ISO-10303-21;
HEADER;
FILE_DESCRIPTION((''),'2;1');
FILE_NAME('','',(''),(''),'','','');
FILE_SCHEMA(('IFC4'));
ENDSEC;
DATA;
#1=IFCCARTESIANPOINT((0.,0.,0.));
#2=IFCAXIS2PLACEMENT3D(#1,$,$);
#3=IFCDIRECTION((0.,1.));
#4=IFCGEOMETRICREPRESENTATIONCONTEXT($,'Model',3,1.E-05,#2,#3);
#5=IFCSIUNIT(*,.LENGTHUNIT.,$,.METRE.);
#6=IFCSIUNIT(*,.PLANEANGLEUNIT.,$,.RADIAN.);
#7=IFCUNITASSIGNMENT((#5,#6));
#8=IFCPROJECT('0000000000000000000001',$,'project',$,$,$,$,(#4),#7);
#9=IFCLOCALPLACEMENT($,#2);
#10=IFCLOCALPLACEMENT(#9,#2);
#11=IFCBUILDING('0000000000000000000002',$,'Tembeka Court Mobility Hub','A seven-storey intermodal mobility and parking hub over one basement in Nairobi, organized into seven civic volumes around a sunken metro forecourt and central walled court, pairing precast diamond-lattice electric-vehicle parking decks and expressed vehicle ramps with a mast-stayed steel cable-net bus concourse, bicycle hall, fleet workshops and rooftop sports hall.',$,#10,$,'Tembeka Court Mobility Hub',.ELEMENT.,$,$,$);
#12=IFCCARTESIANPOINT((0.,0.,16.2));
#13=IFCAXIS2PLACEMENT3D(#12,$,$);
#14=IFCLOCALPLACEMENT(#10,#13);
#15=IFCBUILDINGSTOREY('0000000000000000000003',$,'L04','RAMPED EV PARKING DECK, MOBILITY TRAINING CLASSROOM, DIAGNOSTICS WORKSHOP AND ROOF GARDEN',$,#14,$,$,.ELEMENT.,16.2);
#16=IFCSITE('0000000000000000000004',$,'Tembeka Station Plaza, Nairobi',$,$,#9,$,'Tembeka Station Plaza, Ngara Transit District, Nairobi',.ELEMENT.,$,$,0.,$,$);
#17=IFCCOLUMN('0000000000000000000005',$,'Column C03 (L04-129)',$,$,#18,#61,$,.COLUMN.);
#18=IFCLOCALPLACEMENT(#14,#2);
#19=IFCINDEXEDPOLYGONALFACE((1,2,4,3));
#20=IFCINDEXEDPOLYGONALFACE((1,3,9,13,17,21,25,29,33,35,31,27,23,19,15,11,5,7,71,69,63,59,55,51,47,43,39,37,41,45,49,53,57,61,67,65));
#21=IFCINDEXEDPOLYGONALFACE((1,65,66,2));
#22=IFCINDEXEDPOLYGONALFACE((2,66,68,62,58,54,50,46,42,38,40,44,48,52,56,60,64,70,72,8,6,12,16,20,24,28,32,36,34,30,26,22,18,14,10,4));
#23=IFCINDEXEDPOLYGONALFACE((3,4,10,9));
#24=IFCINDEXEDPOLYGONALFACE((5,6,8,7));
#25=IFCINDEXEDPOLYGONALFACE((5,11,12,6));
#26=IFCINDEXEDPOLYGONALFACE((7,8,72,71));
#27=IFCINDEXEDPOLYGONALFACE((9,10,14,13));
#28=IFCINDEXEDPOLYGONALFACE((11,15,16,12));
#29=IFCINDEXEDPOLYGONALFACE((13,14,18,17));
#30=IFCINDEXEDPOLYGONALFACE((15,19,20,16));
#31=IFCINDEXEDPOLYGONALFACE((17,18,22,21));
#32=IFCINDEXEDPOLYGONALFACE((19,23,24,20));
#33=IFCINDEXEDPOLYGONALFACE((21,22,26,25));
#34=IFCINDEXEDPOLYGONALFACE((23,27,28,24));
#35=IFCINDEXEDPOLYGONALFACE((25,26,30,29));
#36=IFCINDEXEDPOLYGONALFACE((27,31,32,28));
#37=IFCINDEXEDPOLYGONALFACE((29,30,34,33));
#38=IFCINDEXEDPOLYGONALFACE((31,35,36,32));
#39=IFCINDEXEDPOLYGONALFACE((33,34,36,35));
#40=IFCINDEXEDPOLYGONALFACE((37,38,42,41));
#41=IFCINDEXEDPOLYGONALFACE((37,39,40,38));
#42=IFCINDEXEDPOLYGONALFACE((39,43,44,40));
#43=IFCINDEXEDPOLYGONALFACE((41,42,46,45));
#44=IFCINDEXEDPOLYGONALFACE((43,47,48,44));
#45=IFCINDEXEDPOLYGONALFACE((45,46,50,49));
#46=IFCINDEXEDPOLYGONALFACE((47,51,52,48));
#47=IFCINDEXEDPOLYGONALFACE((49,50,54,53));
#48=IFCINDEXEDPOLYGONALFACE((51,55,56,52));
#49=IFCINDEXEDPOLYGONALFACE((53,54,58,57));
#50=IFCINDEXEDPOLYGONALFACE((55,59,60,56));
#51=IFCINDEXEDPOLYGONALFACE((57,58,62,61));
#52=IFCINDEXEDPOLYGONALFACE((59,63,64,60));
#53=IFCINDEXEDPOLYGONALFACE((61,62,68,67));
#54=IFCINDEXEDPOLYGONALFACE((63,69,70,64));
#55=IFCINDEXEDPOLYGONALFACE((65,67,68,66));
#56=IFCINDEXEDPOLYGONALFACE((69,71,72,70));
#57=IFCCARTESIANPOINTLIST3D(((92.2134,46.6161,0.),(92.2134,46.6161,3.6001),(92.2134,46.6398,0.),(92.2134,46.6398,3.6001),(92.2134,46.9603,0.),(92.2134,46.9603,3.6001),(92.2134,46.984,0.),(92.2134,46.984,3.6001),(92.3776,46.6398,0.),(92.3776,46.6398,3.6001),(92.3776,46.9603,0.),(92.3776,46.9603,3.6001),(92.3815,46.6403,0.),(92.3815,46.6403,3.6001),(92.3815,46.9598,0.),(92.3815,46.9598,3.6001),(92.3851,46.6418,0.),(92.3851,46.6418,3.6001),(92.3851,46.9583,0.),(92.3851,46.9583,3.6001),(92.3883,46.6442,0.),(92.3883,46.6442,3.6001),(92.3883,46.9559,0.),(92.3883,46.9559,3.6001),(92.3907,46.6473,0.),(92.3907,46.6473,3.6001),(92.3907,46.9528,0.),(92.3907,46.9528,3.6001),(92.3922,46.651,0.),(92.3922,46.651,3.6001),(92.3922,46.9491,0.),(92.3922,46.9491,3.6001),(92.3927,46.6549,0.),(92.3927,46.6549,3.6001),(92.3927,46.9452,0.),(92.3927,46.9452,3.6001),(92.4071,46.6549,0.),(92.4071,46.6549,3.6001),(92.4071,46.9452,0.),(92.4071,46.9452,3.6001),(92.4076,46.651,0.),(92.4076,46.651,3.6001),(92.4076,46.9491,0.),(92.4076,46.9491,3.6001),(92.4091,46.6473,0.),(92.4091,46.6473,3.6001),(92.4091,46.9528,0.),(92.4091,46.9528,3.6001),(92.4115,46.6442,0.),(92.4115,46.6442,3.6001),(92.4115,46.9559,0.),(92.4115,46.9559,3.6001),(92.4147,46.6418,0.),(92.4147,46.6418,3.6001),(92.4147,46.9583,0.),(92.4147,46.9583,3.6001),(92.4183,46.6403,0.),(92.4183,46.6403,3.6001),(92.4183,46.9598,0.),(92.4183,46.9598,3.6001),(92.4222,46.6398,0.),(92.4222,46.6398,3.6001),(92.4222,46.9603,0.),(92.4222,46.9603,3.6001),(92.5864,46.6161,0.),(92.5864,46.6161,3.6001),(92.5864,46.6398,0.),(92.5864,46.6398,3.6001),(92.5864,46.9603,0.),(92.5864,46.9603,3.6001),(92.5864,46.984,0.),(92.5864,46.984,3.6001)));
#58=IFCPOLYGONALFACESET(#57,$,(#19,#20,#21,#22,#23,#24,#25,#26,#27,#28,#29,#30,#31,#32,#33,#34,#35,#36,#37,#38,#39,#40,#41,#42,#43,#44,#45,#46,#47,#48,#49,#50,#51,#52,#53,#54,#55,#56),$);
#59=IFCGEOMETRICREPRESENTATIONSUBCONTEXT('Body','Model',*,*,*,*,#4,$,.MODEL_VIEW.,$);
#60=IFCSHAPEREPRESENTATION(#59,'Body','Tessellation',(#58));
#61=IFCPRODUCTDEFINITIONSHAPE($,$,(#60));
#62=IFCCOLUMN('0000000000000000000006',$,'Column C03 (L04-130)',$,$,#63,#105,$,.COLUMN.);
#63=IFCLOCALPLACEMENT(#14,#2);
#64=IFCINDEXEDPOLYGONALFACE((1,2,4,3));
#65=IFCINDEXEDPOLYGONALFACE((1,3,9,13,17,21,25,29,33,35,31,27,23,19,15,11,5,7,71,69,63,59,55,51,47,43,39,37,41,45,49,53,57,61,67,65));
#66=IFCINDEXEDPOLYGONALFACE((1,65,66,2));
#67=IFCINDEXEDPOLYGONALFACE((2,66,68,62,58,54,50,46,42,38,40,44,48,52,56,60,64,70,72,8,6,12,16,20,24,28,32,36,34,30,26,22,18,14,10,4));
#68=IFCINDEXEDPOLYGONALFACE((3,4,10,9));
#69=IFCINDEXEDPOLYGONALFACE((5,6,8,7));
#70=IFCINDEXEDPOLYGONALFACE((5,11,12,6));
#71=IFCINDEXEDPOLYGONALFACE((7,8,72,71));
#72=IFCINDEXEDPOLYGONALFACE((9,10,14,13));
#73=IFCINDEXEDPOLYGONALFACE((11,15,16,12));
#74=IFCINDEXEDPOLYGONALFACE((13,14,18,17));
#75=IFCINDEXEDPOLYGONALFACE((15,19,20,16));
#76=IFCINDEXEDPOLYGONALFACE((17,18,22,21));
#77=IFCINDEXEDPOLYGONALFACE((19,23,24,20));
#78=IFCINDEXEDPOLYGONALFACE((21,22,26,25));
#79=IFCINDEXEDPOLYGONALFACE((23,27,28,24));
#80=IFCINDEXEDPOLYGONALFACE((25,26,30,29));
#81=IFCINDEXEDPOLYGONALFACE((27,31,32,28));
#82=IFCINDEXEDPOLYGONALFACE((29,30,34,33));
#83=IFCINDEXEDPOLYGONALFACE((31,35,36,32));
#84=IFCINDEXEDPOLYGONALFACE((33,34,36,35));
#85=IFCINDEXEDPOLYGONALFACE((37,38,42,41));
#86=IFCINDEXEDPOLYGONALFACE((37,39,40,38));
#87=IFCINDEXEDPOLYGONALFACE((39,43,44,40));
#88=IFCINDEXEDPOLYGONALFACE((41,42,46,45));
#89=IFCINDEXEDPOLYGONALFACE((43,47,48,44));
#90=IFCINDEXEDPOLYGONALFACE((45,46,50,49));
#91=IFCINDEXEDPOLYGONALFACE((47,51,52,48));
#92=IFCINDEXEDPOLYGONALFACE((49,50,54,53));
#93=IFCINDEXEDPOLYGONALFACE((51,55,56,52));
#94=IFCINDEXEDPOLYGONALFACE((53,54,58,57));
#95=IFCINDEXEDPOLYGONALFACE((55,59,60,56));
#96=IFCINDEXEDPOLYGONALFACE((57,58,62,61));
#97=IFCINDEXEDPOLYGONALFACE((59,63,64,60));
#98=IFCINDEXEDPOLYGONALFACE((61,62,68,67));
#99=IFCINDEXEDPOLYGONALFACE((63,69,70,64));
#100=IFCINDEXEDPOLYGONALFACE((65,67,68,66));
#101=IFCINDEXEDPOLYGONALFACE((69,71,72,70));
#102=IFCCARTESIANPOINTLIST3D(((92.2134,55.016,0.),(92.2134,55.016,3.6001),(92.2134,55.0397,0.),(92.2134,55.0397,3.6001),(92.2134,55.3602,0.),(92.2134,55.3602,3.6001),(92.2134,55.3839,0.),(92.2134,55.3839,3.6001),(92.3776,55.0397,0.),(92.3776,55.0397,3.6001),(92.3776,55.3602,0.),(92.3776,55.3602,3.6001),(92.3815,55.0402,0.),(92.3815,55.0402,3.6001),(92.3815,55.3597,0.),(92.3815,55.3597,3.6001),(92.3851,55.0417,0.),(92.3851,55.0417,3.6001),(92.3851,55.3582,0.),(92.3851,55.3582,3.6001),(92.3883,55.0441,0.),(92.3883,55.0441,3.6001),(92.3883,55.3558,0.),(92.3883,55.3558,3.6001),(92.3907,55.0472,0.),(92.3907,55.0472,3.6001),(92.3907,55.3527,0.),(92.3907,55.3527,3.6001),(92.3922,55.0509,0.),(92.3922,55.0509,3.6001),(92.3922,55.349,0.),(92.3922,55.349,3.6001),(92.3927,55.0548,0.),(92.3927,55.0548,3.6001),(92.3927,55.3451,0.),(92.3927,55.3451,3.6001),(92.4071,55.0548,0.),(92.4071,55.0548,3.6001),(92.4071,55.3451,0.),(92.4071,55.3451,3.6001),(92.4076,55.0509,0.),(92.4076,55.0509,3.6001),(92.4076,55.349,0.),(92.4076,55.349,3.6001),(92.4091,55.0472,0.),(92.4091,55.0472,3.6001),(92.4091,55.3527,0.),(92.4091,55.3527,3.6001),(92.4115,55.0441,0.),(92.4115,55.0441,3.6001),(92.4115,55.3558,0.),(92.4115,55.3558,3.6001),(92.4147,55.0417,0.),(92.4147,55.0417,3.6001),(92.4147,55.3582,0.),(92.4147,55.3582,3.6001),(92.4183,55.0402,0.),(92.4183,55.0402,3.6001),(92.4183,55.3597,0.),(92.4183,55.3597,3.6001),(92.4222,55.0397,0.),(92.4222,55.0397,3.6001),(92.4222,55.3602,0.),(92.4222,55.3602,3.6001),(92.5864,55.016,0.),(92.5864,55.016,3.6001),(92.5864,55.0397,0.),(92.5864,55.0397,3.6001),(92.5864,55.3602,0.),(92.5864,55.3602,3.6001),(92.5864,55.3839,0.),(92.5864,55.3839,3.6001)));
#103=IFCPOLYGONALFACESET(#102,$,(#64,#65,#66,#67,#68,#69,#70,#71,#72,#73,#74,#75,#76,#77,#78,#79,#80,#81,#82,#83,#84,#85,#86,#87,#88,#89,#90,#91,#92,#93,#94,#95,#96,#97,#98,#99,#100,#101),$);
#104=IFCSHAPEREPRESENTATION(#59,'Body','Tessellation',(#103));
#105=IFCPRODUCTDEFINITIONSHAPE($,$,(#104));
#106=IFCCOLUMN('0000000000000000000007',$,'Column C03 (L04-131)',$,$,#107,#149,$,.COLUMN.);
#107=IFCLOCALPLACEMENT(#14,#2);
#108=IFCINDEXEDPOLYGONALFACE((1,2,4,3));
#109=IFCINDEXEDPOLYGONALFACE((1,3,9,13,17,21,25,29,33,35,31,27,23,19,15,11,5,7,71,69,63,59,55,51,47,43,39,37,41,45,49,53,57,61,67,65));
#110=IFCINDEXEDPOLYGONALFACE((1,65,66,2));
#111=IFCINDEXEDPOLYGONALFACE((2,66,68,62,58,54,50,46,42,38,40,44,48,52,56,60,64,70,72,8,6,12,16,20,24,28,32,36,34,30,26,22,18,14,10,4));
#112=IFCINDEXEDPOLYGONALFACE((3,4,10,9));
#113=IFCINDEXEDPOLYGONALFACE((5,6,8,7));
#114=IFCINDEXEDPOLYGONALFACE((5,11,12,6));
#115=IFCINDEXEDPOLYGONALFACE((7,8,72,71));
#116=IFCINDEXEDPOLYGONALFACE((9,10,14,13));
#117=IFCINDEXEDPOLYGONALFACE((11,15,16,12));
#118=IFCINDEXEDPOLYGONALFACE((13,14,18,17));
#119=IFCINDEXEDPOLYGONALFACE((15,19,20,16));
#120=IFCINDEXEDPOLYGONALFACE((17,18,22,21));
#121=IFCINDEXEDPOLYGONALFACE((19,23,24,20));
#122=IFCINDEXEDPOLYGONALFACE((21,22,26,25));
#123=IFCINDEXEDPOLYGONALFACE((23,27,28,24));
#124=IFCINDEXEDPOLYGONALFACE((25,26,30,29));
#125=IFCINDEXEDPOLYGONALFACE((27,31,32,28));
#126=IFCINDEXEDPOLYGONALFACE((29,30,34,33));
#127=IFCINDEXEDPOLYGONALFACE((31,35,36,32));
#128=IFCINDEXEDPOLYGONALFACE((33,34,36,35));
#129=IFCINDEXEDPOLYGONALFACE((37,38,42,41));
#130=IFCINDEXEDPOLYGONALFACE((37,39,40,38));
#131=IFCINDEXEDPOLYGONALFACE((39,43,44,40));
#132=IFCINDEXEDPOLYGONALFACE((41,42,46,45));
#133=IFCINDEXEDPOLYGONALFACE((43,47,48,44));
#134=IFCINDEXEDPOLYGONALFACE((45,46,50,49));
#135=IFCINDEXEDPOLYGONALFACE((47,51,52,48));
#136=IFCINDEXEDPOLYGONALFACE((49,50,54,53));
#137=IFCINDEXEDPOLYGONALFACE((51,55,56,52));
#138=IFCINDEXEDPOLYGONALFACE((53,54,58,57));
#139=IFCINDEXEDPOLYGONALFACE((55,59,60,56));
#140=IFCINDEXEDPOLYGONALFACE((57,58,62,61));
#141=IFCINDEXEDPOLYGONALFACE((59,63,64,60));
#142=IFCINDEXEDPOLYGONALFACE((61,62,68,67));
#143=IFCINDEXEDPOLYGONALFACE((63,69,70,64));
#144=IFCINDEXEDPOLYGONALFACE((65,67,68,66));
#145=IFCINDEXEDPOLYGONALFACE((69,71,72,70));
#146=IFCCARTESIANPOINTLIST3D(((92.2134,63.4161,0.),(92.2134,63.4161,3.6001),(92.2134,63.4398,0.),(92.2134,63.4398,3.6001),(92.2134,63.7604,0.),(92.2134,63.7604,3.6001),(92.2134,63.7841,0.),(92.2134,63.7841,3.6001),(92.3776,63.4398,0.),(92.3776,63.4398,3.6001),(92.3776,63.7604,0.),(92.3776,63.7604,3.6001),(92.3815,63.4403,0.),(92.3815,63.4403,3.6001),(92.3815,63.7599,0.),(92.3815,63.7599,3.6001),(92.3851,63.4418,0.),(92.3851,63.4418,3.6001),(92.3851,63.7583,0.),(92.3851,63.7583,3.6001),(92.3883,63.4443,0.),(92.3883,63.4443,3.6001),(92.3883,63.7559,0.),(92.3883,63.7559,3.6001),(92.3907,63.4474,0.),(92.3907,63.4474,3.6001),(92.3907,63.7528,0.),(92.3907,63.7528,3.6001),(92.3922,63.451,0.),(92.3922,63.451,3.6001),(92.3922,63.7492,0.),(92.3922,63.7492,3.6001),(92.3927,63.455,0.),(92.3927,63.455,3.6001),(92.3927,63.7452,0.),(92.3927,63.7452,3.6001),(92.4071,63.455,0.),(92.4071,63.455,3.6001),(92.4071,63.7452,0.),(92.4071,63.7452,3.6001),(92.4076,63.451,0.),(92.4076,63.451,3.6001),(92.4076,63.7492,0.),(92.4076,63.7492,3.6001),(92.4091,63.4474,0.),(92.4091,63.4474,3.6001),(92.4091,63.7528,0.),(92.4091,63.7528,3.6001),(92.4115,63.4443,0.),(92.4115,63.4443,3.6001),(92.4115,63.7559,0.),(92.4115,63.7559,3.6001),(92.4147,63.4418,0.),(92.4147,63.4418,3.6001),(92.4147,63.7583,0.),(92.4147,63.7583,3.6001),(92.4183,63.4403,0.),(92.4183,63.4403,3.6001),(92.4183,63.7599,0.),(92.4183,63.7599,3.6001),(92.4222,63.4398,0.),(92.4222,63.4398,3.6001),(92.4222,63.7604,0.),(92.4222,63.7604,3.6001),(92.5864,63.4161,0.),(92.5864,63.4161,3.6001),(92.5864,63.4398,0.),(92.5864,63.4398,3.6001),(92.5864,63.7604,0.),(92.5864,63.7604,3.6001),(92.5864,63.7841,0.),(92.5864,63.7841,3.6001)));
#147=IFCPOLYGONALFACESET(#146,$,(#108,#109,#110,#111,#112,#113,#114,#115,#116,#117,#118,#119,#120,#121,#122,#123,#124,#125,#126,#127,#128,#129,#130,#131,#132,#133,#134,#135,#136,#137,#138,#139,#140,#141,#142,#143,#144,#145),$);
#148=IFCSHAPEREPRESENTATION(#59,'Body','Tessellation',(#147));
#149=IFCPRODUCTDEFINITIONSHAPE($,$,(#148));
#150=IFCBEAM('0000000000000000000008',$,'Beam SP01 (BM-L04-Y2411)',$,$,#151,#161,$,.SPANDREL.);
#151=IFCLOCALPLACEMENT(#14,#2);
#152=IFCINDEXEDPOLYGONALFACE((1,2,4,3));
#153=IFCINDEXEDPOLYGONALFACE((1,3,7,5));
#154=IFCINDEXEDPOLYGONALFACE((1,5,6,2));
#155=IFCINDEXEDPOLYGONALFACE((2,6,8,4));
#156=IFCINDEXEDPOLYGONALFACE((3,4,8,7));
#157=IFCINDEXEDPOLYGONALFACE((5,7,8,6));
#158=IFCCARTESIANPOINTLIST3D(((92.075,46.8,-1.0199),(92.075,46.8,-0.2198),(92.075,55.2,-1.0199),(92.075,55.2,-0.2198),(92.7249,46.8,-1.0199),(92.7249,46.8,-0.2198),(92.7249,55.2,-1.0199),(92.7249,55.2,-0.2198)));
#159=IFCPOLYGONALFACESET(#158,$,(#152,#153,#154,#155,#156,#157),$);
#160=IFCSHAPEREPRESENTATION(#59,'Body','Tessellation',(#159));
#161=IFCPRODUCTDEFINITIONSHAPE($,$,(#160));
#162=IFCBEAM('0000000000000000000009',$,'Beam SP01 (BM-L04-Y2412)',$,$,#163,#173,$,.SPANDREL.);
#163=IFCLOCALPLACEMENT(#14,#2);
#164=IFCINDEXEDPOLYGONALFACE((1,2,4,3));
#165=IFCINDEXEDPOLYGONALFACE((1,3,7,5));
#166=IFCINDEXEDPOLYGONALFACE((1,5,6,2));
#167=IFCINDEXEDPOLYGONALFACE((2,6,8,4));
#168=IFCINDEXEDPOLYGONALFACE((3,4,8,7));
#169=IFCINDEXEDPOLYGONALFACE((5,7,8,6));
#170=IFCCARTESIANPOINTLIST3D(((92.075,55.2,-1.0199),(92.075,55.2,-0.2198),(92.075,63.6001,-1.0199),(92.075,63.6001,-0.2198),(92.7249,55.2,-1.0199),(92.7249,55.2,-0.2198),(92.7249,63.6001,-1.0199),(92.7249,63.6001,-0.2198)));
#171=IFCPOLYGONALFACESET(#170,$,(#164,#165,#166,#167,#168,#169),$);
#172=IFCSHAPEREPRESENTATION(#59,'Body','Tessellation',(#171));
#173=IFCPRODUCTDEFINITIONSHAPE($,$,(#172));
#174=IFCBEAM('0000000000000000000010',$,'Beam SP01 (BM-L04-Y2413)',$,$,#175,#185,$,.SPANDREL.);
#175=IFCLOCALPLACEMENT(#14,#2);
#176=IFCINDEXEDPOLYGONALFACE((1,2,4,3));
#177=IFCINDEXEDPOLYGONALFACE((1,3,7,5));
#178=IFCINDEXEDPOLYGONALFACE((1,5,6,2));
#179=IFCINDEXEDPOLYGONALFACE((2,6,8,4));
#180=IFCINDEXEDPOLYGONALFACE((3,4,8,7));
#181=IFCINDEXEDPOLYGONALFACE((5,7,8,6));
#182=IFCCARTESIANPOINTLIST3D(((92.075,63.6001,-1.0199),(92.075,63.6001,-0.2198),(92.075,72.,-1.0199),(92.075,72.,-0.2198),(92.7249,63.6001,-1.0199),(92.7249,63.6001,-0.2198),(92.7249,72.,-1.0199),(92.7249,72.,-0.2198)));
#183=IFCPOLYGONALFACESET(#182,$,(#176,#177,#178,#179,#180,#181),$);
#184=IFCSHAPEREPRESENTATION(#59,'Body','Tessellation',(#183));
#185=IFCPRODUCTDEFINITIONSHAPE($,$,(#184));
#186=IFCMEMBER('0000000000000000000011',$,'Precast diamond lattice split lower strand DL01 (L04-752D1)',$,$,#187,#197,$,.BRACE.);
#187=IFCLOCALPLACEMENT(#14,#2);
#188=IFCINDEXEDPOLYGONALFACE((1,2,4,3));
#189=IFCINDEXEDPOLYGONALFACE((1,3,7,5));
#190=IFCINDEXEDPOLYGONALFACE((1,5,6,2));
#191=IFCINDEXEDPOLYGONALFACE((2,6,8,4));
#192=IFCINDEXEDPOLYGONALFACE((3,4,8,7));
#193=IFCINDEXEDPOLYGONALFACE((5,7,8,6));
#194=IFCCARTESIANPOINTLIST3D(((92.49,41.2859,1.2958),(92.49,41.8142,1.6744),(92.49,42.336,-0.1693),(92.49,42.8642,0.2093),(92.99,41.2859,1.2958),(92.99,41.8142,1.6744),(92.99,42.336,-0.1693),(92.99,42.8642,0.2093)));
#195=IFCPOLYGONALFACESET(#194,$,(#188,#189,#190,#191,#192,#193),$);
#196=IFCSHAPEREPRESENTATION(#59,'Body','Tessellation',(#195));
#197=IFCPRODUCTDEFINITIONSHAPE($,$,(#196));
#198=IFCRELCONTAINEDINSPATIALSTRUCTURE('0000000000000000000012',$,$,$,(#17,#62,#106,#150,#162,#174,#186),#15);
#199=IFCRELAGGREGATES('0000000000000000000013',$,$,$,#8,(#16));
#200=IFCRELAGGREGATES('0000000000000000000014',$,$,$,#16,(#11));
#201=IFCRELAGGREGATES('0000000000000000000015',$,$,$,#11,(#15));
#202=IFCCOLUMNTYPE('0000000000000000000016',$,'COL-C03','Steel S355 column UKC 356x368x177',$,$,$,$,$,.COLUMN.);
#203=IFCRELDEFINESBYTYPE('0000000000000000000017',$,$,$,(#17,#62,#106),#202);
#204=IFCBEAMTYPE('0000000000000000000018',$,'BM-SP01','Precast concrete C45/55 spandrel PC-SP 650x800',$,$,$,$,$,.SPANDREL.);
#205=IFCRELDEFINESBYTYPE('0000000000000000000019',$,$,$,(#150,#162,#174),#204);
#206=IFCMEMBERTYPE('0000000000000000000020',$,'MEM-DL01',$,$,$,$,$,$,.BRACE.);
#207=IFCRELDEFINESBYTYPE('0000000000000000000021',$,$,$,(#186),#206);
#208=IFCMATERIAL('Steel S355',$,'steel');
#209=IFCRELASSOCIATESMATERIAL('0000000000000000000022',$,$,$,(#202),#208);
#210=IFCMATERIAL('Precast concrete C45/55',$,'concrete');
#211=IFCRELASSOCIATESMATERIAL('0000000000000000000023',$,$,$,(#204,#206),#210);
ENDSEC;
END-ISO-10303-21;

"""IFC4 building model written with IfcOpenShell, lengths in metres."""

from ifc_helpers import new_model, si_unit, direction, frame, origin, origin_2d, place, context, subcontext, project, spatial, rectangle, i_section, extrude, material, material_profile, profile_set, type_object, element, save


model = new_model("IFC4")

# Units and contexts
model_context = context("Model", 3, precision=1e-05, world=origin(), true_north=direction((0.0, 1.0)))
body_context = subcontext(model_context, "Body", "Model", "MODEL_VIEW")
ifc_project = project(units=[si_unit("LENGTHUNIT", "METRE"), si_unit("PLANEANGLEUNIT", "RADIAN")], contexts=[model_context])

# Site, building, storey
site_placement = place(None, origin())
site = spatial("IfcSite", under=ifc_project, at=site_placement, Name="Tembeka Station Plaza, Nairobi", LongName="Tembeka Station Plaza, Ngara Transit District, Nairobi", CompositionType="ELEMENT", RefElevation=0.0)
building_placement = place(site_placement, origin())
building = spatial("IfcBuilding", under=site, at=building_placement, Name="Tembeka Court Mobility Hub", Description="A seven-storey intermodal mobility and parking hub over one basement in Nairobi, organized into seven civic volumes around a sunken metro forecourt and central walled court, pairing precast diamond-lattice electric-vehicle parking decks and expressed vehicle ramps with a mast-stayed steel cable-net bus concourse, bicycle hall, fleet workshops and rooftop sports hall.", LongName="Tembeka Court Mobility Hub", CompositionType="ELEMENT")
storey_placement = place(building_placement, frame((0.0, 0.0, 16.2)))
storey = spatial("IfcBuildingStorey", under=building, at=storey_placement, Name="L04", Description="RAMPED EV PARKING DECK, MOBILITY TRAINING CLASSROOM, DIAGNOSTICS WORKSHOP AND ROOF GARDEN", CompositionType="ELEMENT", Elevation=16.2)

# Columns
ifc_material_1 = material(Name="Steel S355", Category="steel")
ifc_material_profile_1 = material_profile(ifc_material_1, i_section(OverallWidth=0.373, OverallDepth=0.3679, WebThickness=0.0144, FlangeThickness=0.0237, FilletRadius=0.0151, at=origin_2d()), Name="UKC 356x368x177")
ifc_profile_set_1 = profile_set([ifc_material_profile_1], Name="Steel S355")
column_type = type_object("IfcColumnType", Name="COL-C03", Description="Steel S355 column UKC 356x368x177", PredefinedType="COLUMN", material=ifc_profile_set_1)
for number, where, z_axis, x_axis, name in (
    (1, (92.3999, 46.8, 0.0), (0.0, 0.0, 1.0), (1.0, 0.0, 0.0), "Column C03 (L04-129)"),
    (2, (92.3999, 55.2, 0.0), (0.0, 0.0, 1.0), (1.0, 0.0, 0.0), "Column C03 (L04-130)"),
    (3, (92.3999, 63.6001, 0.0), (0.0, 0.0, 1.0), (1.0, 0.0, 0.0), "Column C03 (L04-131)"),
):
    element("IfcColumn", number, at=place(storey_placement, frame(where, z_axis=z_axis, x_axis=x_axis)), inside=storey, type_object=column_type, Name=name, PredefinedType="COLUMN", context=body_context, shape_type="SweptSolid", body=[
        extrude(i_section(OverallWidth=0.373, OverallDepth=0.3679, WebThickness=0.0144, FlangeThickness=0.0237, FilletRadius=0.0151, at=origin_2d()), origin(), (0.0, 0.0, 1.0), 3.6001),
    ])

# Beams
ifc_material_2 = material(Name="Precast concrete C45/55", Category="concrete")
ifc_material_profile_2 = material_profile(ifc_material_2, rectangle(XDim=0.6499, YDim=0.8, at=origin_2d()), Name="PC-SP 650x800")
ifc_profile_set_2 = profile_set([ifc_material_profile_2], Name="Precast concrete C45/55")
beam_type = type_object("IfcBeamType", Name="BM-SP01", Description="Precast concrete C45/55 spandrel PC-SP 650x800", PredefinedType="SPANDREL", material=ifc_profile_set_2)
beam_1_placement = place(storey_placement, frame((92.3999, 46.8, -0.6199), z_axis=(0.0, 1.0, 0.0), x_axis=(-1.0, 0.0, 0.0)))
element("IfcBeam", 4, at=beam_1_placement, inside=storey, type_object=beam_type, Name="Beam SP01 (BM-L04-Y2411)", PredefinedType="SPANDREL", context=body_context, shape_type="SweptSolid", body=[
    extrude(rectangle(XDim=0.6499, YDim=0.8, at=origin_2d()), origin(), (0.0, 0.0, 1.0), 8.3999),
])
beam_2_placement = place(storey_placement, frame((92.3999, 55.2, -0.6199), z_axis=(0.0, 1.0, 0.0), x_axis=(-1.0, 0.0, 0.0)))
element("IfcBeam", 5, at=beam_2_placement, inside=storey, type_object=beam_type, Name="Beam SP01 (BM-L04-Y2412)", PredefinedType="SPANDREL", context=body_context, shape_type="SweptSolid", body=[
    extrude(rectangle(XDim=0.6499, YDim=0.8, at=origin_2d()), origin(), (0.0, 0.0, 1.0), 8.4001),
])
beam_3_placement = place(storey_placement, frame((92.3999, 63.6001, -0.6199), z_axis=(0.0, 1.0, 0.0), x_axis=(-1.0, 0.0, 0.0)))
element("IfcBeam", 6, at=beam_3_placement, inside=storey, type_object=beam_type, Name="Beam SP01 (BM-L04-Y2413)", PredefinedType="SPANDREL", context=body_context, shape_type="SweptSolid", body=[
    extrude(rectangle(XDim=0.6499, YDim=0.8, at=origin_2d()), origin(), (0.0, 0.0, 1.0), 8.3999),
])

# Member
ifc_material_profile_3 = material_profile(ifc_material_2, rectangle(XDim=0.5, YDim=0.6499, at=origin_2d()), Name="PC-DIAG 500x650")
ifc_profile_set_3 = profile_set([ifc_material_profile_3], Name="Precast concrete C45/55")
member_type_1 = type_object("IfcMemberType", Name="MEM-DL01", PredefinedType="BRACE", material=ifc_profile_set_3)
member_1_placement = place(storey_placement, frame((92.74, 42.6001, 0.02), z_axis=(0.0, -0.582544, 0.812799), x_axis=(1.0, 0.0, 0.0)))
element("IfcMember", 7, at=member_1_placement, inside=storey, type_object=member_type_1, Name="Precast diamond lattice split lower strand DL01 (L04-752D1)", PredefinedType="BRACE", context=body_context, shape_type="SweptSolid", body=[
    extrude(rectangle(XDim=0.5, YDim=0.6499, at=origin_2d()), origin(), (0.0, 0.0, 1.0), 1.8025),
])

save(model, "model.ifc")
